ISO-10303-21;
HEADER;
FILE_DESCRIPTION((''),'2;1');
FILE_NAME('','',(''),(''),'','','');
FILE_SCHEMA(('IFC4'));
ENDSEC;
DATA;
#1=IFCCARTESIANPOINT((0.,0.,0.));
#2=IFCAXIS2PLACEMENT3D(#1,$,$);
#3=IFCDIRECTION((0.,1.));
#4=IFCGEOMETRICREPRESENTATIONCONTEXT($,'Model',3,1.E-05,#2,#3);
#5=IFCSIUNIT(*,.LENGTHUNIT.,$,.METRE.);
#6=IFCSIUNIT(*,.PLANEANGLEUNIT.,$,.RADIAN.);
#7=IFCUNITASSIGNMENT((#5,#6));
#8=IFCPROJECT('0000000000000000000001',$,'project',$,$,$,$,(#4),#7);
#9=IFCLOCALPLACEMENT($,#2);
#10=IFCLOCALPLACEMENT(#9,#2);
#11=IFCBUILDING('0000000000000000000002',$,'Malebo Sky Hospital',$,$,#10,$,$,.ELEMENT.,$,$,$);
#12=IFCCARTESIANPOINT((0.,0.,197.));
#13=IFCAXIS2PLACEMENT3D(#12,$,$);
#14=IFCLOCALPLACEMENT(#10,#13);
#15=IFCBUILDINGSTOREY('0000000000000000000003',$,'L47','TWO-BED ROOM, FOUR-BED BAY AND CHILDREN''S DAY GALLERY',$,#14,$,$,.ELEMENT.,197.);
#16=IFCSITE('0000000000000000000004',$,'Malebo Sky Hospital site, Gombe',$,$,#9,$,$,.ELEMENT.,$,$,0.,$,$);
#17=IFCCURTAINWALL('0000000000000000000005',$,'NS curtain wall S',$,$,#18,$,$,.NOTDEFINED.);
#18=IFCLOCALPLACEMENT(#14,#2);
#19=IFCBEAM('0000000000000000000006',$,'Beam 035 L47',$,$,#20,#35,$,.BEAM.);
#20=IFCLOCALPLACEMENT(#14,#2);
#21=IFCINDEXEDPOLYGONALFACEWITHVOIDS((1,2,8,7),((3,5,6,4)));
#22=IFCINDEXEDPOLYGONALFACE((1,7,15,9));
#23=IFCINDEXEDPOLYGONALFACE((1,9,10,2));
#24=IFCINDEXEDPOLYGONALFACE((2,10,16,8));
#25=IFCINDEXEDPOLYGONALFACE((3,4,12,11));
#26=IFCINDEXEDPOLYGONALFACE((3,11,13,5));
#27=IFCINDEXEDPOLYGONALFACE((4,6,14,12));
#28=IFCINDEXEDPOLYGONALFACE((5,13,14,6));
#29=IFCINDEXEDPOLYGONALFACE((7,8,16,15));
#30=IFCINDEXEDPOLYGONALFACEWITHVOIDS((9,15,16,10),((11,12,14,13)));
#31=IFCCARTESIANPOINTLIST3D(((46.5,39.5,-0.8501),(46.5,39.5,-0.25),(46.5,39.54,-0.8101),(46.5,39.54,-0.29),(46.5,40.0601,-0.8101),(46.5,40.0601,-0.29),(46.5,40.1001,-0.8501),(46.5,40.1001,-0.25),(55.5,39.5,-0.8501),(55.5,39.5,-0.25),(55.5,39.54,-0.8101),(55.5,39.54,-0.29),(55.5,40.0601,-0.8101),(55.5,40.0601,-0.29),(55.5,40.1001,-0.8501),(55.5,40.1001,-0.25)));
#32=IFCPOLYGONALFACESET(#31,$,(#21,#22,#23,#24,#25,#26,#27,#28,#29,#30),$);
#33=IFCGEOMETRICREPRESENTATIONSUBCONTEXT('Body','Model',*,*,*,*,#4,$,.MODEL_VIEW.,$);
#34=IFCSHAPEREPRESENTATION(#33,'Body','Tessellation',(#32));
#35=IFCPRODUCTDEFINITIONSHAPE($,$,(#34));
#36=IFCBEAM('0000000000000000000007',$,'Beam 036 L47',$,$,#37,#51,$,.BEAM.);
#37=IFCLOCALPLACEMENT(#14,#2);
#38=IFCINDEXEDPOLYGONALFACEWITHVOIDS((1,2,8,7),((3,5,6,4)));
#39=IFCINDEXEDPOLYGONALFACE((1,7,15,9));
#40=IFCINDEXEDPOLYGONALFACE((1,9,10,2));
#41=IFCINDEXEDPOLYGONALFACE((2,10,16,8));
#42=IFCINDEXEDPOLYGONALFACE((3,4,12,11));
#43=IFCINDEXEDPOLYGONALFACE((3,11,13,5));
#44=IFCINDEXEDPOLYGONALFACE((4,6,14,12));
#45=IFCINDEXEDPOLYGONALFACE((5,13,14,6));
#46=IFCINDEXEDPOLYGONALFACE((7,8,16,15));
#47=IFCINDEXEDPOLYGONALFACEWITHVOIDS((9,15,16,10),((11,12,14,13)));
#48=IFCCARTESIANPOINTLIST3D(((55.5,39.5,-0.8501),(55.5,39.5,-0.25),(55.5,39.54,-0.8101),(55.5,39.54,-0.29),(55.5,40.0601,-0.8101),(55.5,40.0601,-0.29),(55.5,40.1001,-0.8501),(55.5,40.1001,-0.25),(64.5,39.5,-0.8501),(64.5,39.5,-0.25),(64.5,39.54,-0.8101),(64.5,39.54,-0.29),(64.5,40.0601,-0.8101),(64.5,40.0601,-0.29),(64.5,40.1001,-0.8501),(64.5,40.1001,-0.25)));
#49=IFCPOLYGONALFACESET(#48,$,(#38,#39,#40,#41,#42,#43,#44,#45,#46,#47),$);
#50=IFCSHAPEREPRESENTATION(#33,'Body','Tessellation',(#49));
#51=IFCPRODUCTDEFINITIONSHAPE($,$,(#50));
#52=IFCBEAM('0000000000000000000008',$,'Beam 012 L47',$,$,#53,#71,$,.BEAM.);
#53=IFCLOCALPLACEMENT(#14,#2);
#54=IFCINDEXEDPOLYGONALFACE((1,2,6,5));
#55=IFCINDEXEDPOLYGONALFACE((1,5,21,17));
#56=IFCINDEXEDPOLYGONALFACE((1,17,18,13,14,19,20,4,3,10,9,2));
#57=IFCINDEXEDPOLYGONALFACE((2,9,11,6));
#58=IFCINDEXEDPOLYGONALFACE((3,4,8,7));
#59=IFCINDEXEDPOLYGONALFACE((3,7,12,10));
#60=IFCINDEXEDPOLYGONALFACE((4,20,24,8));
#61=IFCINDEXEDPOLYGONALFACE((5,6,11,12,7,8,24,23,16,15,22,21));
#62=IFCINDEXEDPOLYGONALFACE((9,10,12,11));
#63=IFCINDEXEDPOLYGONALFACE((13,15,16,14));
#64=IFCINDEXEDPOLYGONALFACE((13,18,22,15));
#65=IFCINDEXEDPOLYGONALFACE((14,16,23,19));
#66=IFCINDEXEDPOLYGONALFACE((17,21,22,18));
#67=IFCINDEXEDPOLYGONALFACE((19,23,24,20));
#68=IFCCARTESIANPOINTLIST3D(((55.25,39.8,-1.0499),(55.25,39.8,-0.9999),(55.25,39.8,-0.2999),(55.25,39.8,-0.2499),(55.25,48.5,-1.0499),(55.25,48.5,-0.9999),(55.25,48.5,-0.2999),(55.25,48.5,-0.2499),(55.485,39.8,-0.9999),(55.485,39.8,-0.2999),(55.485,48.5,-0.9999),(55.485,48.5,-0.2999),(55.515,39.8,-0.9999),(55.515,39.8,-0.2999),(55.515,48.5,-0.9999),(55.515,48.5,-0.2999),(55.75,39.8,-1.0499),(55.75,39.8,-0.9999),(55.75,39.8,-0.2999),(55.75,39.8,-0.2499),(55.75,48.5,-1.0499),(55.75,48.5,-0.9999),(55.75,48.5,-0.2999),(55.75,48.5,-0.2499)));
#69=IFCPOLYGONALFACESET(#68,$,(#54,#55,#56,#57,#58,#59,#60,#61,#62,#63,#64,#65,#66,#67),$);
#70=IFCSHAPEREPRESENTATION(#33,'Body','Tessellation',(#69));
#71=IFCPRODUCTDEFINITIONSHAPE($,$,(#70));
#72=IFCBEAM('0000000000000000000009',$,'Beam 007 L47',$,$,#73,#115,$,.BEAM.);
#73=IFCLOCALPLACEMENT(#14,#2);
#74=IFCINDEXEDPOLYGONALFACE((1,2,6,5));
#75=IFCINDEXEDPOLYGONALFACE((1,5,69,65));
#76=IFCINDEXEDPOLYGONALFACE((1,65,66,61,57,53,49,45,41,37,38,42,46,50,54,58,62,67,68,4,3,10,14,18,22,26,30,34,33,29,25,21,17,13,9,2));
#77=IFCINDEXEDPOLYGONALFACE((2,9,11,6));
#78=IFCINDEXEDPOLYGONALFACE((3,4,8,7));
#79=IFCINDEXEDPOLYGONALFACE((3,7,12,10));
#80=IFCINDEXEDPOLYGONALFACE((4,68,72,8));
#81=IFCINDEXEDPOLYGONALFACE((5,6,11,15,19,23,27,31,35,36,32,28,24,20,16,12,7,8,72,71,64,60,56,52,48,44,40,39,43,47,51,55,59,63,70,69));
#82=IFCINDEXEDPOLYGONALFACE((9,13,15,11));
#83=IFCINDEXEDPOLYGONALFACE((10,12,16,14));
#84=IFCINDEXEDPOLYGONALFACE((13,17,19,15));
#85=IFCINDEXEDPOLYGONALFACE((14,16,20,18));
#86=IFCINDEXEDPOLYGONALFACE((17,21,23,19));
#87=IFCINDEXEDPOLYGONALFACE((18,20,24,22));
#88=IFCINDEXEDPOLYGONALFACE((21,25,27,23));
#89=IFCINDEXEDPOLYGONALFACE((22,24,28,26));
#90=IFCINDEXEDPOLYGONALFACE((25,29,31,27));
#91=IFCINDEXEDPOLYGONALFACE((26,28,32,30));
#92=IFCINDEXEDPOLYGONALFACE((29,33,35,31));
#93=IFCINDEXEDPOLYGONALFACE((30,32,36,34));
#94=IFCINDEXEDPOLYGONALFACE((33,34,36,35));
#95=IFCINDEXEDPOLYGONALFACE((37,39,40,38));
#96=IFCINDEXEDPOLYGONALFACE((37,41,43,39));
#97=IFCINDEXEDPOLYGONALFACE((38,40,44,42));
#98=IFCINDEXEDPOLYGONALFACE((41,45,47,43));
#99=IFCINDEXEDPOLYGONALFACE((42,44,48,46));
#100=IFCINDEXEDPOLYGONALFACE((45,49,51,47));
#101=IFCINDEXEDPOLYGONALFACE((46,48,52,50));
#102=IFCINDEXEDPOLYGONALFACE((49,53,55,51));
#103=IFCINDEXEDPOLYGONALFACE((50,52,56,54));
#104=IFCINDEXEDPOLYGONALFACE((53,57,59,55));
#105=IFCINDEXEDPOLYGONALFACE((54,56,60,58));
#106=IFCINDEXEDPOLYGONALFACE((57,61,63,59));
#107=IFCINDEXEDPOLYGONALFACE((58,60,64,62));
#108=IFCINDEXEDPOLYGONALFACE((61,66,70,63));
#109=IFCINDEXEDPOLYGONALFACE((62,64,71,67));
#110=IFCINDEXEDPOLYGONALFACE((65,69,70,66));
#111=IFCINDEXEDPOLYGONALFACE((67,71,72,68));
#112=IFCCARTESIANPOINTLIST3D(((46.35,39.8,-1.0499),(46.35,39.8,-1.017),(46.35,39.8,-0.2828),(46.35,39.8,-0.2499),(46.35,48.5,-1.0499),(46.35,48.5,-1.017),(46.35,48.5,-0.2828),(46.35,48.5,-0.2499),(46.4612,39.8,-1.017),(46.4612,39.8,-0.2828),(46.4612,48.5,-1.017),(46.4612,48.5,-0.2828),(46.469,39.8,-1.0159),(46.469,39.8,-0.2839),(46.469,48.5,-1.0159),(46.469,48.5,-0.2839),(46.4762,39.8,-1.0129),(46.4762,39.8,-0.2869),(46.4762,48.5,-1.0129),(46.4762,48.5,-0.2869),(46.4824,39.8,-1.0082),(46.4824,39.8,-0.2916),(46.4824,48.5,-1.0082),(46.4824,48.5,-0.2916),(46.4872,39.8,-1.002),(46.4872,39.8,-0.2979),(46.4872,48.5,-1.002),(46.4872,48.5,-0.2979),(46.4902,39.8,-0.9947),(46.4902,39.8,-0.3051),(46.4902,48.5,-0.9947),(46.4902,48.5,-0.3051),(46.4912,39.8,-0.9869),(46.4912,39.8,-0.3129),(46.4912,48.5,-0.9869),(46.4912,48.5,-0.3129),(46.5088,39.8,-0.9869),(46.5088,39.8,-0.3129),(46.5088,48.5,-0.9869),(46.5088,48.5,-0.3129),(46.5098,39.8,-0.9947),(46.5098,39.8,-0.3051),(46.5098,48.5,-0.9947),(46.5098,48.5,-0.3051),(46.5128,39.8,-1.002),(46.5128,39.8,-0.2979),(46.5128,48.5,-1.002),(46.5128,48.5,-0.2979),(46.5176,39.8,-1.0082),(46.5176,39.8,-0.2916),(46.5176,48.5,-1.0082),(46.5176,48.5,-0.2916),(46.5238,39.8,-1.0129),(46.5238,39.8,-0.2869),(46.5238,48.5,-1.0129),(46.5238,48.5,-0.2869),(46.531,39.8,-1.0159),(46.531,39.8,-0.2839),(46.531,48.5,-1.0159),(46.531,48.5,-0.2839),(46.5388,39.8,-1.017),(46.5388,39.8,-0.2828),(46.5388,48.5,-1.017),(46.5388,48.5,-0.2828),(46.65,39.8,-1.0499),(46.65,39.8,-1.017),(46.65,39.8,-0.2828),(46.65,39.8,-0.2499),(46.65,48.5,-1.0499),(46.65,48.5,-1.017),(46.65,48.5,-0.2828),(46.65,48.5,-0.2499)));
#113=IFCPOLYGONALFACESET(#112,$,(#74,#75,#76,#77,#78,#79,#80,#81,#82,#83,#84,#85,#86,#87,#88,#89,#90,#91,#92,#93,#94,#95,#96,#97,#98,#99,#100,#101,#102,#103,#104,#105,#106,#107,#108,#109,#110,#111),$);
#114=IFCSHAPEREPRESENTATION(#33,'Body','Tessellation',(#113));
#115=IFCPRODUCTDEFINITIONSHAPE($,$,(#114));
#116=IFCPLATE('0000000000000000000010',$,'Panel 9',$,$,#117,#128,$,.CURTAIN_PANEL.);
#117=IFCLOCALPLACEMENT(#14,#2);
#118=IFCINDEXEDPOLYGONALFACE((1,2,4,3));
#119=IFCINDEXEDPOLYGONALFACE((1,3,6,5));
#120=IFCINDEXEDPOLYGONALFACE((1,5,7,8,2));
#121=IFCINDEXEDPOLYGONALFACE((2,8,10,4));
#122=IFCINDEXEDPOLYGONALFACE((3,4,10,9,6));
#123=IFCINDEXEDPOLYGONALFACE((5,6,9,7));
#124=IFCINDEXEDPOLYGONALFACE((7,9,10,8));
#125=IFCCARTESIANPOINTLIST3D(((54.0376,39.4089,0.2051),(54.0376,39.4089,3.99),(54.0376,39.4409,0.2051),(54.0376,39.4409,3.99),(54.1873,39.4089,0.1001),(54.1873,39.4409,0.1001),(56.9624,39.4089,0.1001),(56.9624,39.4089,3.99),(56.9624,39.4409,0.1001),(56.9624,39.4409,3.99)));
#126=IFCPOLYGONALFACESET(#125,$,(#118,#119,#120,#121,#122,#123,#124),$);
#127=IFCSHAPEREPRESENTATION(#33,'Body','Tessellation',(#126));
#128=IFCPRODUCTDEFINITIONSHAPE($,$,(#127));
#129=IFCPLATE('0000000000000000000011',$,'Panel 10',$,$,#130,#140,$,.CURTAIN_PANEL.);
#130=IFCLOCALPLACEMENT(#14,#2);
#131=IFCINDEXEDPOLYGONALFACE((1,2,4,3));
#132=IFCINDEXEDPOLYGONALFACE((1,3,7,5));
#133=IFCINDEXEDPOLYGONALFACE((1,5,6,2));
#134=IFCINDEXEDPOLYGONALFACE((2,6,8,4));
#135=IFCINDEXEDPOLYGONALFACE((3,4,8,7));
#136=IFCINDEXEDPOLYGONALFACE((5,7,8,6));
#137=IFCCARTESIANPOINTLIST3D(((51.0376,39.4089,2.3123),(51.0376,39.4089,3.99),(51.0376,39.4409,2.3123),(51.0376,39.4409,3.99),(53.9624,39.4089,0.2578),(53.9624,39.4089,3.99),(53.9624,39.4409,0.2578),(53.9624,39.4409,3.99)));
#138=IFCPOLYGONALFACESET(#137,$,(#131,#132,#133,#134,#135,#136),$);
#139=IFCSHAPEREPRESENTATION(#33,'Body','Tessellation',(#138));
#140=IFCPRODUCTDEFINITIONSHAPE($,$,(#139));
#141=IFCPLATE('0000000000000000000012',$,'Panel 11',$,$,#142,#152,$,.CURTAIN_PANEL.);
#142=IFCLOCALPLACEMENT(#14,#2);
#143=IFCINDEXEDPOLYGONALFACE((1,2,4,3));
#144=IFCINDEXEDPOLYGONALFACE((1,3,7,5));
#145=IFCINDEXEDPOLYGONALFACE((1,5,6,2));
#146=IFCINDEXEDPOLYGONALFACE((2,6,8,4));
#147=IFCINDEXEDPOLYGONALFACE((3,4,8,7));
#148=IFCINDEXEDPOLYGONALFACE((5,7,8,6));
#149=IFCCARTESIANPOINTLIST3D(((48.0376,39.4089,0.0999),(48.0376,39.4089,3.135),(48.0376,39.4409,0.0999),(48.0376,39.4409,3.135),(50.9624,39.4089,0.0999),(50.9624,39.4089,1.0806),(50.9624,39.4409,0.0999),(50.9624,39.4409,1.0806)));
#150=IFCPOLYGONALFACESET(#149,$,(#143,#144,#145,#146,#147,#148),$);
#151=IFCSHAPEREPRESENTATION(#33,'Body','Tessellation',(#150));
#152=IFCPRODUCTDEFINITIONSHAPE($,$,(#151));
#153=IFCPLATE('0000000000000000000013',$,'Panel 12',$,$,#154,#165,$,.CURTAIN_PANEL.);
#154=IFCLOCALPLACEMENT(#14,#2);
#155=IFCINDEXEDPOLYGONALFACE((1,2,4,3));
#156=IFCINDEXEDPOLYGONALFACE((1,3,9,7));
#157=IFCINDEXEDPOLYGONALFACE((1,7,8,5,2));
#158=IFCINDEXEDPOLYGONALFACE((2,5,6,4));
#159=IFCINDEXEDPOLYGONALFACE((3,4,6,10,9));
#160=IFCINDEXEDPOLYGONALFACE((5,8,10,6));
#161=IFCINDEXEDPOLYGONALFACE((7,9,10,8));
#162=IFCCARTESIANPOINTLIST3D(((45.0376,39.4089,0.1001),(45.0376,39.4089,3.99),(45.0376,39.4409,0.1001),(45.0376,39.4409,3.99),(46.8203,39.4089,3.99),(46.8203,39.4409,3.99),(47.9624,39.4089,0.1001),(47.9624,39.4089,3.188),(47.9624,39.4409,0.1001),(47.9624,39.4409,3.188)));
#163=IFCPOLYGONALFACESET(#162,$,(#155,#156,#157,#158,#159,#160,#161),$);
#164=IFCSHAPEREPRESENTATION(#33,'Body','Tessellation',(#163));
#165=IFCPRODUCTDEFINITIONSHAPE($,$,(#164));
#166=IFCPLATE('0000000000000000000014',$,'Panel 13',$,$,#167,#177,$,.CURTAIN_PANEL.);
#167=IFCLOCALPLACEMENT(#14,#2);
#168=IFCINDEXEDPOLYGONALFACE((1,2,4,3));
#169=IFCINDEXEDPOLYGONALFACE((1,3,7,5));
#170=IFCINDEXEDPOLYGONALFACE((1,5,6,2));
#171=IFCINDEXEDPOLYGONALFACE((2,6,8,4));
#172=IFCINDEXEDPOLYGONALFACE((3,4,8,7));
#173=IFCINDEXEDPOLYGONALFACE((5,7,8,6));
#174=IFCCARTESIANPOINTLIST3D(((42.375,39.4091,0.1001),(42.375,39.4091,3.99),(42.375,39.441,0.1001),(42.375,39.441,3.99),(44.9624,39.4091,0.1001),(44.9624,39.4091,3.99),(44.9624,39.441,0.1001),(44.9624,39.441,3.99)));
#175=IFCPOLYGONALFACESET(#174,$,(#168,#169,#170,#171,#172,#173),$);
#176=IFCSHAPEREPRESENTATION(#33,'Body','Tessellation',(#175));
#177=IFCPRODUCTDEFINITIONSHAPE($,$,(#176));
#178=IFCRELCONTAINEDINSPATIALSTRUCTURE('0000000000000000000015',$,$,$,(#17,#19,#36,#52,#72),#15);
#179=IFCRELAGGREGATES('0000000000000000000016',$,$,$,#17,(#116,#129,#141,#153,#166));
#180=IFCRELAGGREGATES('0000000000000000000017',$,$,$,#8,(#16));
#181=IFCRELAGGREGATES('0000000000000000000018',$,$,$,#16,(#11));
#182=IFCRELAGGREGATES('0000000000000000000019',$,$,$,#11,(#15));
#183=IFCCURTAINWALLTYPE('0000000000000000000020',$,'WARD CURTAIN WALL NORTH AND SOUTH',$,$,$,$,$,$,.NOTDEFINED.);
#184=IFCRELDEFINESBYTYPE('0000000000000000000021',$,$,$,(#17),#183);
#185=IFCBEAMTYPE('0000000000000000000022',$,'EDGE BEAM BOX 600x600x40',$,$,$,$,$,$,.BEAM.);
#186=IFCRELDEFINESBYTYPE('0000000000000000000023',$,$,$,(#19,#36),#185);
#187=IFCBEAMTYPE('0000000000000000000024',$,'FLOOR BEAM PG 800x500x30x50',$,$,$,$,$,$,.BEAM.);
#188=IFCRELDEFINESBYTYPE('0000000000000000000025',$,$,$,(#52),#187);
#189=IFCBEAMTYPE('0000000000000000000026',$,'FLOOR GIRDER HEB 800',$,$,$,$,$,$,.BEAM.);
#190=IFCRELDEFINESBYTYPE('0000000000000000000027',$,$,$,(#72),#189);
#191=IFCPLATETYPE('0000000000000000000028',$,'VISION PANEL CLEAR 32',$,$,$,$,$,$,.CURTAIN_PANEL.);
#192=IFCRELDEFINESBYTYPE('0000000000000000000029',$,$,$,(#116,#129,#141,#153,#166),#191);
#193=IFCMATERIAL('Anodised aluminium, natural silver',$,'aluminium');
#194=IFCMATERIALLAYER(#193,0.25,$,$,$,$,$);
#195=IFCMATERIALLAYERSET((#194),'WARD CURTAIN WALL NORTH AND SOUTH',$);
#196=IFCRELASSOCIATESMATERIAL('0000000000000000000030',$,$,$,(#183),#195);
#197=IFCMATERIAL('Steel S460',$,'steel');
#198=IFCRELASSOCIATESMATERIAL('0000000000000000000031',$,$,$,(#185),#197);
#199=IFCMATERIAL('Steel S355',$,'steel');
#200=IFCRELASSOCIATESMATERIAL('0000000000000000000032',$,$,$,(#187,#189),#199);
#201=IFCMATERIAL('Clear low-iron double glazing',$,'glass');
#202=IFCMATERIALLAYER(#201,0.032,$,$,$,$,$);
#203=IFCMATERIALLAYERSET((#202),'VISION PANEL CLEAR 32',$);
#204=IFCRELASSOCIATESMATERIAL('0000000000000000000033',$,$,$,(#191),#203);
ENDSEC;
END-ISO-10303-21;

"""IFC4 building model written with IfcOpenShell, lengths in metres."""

from ifc_helpers import new_model, si_unit, direction, frame, origin, origin_2d, place, context, subcontext, project, spatial, polyline, rectangle, hollow_rectangle, i_section, outline, extrude, material, layer, layer_set, material_profile, profile_set, type_object, element, aggregate, save


model = new_model("IFC4")

# Units and contexts
model_context = context("Model", 3, precision=1e-05, world=origin(), true_north=direction((0.0, 1.0)))
body_context = subcontext(model_context, "Body", "Model", "MODEL_VIEW")
ifc_project = project(units=[si_unit("LENGTHUNIT", "METRE"), si_unit("PLANEANGLEUNIT", "RADIAN")], contexts=[model_context])

# Site, building, storey
site_placement = place(None, origin())
site = spatial("IfcSite", under=ifc_project, at=site_placement, Name="Malebo Sky Hospital site, Gombe", CompositionType="ELEMENT", RefElevation=0.0)
building_placement = place(site_placement, origin())
building = spatial("IfcBuilding", under=site, at=building_placement, Name="Malebo Sky Hospital", CompositionType="ELEMENT")
storey_placement = place(building_placement, frame((0.0, 0.0, 197.0)))
storey = spatial("IfcBuildingStorey", under=building, at=storey_placement, Name="L47", Description="TWO-BED ROOM, FOUR-BED BAY AND CHILDREN'S DAY GALLERY", CompositionType="ELEMENT", Elevation=197.0)

# Shared definitions
ifc_material_1 = material(Name="Steel S460", Category="steel")

# Curtain wall
ifc_material_2 = material(Name="Anodised aluminium, natural silver", Category="aluminium")
ifc_layer_1 = layer(ifc_material_2, 0.25)
ifc_layer_set_1 = layer_set([ifc_layer_1], Name="WARD CURTAIN WALL NORTH AND SOUTH")
curtain_wall_type = type_object("IfcCurtainWallType", Name="WARD CURTAIN WALL NORTH AND SOUTH", PredefinedType="NOTDEFINED", material=ifc_layer_set_1)
curtain_wall_placement = place(storey_placement, origin())
curtain_wall = element("IfcCurtainWall", 1, at=curtain_wall_placement, inside=storey, type_object=curtain_wall_type, Name="NS curtain wall S", PredefinedType="NOTDEFINED")

# Shared definitions
ifc_material_3 = material(Name="Steel S355", Category="steel")

# Beams
ifc_material_profile_1 = material_profile(ifc_material_1, hollow_rectangle(XDim=0.6001, YDim=0.6001, WallThickness=0.04, at=origin_2d()), Name="BOX 600x600x40")
ifc_profile_set_1 = profile_set([ifc_material_profile_1], Name="Steel S460")
beam_type_1 = type_object("IfcBeamType", Name="EDGE BEAM BOX 600x600x40", PredefinedType="BEAM", material=ifc_profile_set_1)
for number, where, z_axis, x_axis, name in (
    (2, (46.5, 39.8, -0.55), (1.0, 0.0, 0.0), (0.0, 1.0, 0.0), "Beam 035 L47"),
    (3, (55.5, 39.8, -0.55), (1.0, 0.0, 0.0), (0.0, 1.0, 0.0), "Beam 036 L47"),
):
    element("IfcBeam", number, at=place(storey_placement, frame(where, z_axis=z_axis, x_axis=x_axis)), inside=storey, type_object=beam_type_1, Name=name, PredefinedType="BEAM", context=body_context, shape_type="SweptSolid", body=[
        extrude(hollow_rectangle(XDim=0.6001, YDim=0.6001, WallThickness=0.04, at=origin_2d()), origin(), (0.0, 0.0, 1.0), 9.0),
    ])
ifc_material_profile_2 = material_profile(ifc_material_3, i_section(OverallWidth=0.5, OverallDepth=0.8, WebThickness=0.03, FlangeThickness=0.05, at=origin_2d()), Name="PG 800x500x30x50")
ifc_profile_set_2 = profile_set([ifc_material_profile_2], Name="Steel S355")
beam_type_2 = type_object("IfcBeamType", Name="FLOOR BEAM PG 800x500x30x50", PredefinedType="BEAM", material=ifc_profile_set_2)
beam_1_placement = place(storey_placement, frame((55.5, 39.8, -0.6499), z_axis=(0.0, 1.0, 0.0), x_axis=(-1.0, 0.0, 0.0)))
element("IfcBeam", 4, at=beam_1_placement, inside=storey, type_object=beam_type_2, Name="Beam 012 L47", PredefinedType="BEAM", context=body_context, shape_type="SweptSolid", body=[
    extrude(i_section(OverallWidth=0.5, OverallDepth=0.8, WebThickness=0.03, FlangeThickness=0.05, at=origin_2d()), origin(), (0.0, 0.0, 1.0), 8.7),
])
ifc_material_profile_3 = material_profile(ifc_material_3, i_section(OverallWidth=0.3, OverallDepth=0.8, WebThickness=0.0176, FlangeThickness=0.033, FilletRadius=0.03, at=origin_2d()), Name="HEB 800")
ifc_profile_set_3 = profile_set([ifc_material_profile_3], Name="Steel S355")
beam_type_3 = type_object("IfcBeamType", Name="FLOOR GIRDER HEB 800", PredefinedType="BEAM", material=ifc_profile_set_3)
beam_2_placement = place(storey_placement, frame((46.5, 39.8, -0.6499), z_axis=(0.0, 1.0, 0.0), x_axis=(-1.0, 0.0, 0.0)))
element("IfcBeam", 5, at=beam_2_placement, inside=storey, type_object=beam_type_3, Name="Beam 007 L47", PredefinedType="BEAM", context=body_context, shape_type="SweptSolid", body=[
    extrude(i_section(OverallWidth=0.3, OverallDepth=0.8, WebThickness=0.0176, FlangeThickness=0.033, FilletRadius=0.03, at=origin_2d()), origin(), (0.0, 0.0, 1.0), 8.7),
])

# Plates
ifc_material_4 = material(Name="Clear low-iron double glazing", Category="glass")
ifc_layer_2 = layer(ifc_material_4, 0.032)
ifc_layer_set_2 = layer_set([ifc_layer_2], Name="VISION PANEL CLEAR 32")
plate_type = type_object("IfcPlateType", Name="VISION PANEL CLEAR 32", PredefinedType="CURTAIN_PANEL", material=ifc_layer_set_2)
plate_1_placement = place(storey_placement, frame((55.5, 39.425, 0.1001), z_axis=(0.0, 0.0, 1.0), x_axis=(-1.0, 0.0, 0.0)))
plate_1 = element("IfcPlate", 6, at=plate_1_placement, type_object=plate_type, Name="Panel 9", PredefinedType="CURTAIN_PANEL", context=body_context, shape_type="SweptSolid", body=[
    extrude(outline(polyline([(-1.4624, 0.0), (1.3127, 0.0), (1.4624, 0.105), (1.4624, 3.8899), (-1.4624, 3.8899), (-1.4624, 0.0)])), frame((0.0, 0.0161, 0.0), z_axis=(0.0, -1.0, 0.0), x_axis=(1.0, 0.0, 0.0)), (0.0, 0.0, 1.0), 0.032),
])
plate_2_placement = place(storey_placement, frame((52.5, 39.425, 0.2578), z_axis=(0.0, 0.0, 1.0), x_axis=(-1.0, 0.0, 0.0)))
plate_2 = element("IfcPlate", 7, at=plate_2_placement, type_object=plate_type, Name="Panel 10", PredefinedType="CURTAIN_PANEL", context=body_context, shape_type="SweptSolid", body=[
    extrude(outline(polyline([(-1.4624, 0.0), (1.4624, 2.0544), (1.4624, 3.7322), (-1.4624, 3.7322), (-1.4624, 0.0)])), frame((0.0, 0.0161, 0.0), z_axis=(0.0, -1.0, 0.0), x_axis=(1.0, 0.0, 0.0)), (0.0, 0.0, 1.0), 0.032),
])
plate_3_placement = place(storey_placement, frame((49.5, 39.425, 0.0999), z_axis=(0.0, 0.0, 1.0), x_axis=(-1.0, 0.0, 0.0)))
plate_3 = element("IfcPlate", 8, at=plate_3_placement, type_object=plate_type, Name="Panel 11", PredefinedType="CURTAIN_PANEL", context=body_context, shape_type="SweptSolid", body=[
    extrude(outline(polyline([(-1.4624, 0.0), (1.4624, 0.0), (1.4624, 3.0352), (-1.4624, 0.9807), (-1.4624, 0.0)])), frame((0.0, 0.0161, 0.0), z_axis=(0.0, -1.0, 0.0), x_axis=(1.0, 0.0, 0.0)), (0.0, 0.0, 1.0), 0.032),
])
plate_4_placement = place(storey_placement, frame((46.5, 39.425, 0.1001), z_axis=(0.0, 0.0, 1.0), x_axis=(-1.0, 0.0, 0.0)))
plate_4 = element("IfcPlate", 9, at=plate_4_placement, type_object=plate_type, Name="Panel 12", PredefinedType="CURTAIN_PANEL", context=body_context, shape_type="SweptSolid", body=[
    extrude(outline(polyline([(-1.4624, 0.0), (1.4624, 0.0), (1.4624, 3.8899), (-0.3203, 3.8899), (-1.4624, 3.0879), (-1.4624, 0.0)])), frame((0.0, 0.0161, 0.0), z_axis=(0.0, -1.0, 0.0), x_axis=(1.0, 0.0, 0.0)), (0.0, 0.0, 1.0), 0.032),
])
plate_5_placement = place(storey_placement, frame((43.6687, 39.425, 0.1001), z_axis=(0.0, 0.0, 1.0), x_axis=(-1.0, 0.0, 0.0)))
plate_5 = element("IfcPlate", 10, at=plate_5_placement, type_object=plate_type, Name="Panel 13", PredefinedType="CURTAIN_PANEL", context=body_context, shape_type="SweptSolid", body=[
    extrude(rectangle(XDim=2.5874, YDim=0.032, at=origin_2d()), origin(), (0.0, 0.0, 1.0), 3.8899),
])
aggregate(curtain_wall, [plate_1, plate_2, plate_3, plate_4, plate_5])

save(model, "model.ifc")
